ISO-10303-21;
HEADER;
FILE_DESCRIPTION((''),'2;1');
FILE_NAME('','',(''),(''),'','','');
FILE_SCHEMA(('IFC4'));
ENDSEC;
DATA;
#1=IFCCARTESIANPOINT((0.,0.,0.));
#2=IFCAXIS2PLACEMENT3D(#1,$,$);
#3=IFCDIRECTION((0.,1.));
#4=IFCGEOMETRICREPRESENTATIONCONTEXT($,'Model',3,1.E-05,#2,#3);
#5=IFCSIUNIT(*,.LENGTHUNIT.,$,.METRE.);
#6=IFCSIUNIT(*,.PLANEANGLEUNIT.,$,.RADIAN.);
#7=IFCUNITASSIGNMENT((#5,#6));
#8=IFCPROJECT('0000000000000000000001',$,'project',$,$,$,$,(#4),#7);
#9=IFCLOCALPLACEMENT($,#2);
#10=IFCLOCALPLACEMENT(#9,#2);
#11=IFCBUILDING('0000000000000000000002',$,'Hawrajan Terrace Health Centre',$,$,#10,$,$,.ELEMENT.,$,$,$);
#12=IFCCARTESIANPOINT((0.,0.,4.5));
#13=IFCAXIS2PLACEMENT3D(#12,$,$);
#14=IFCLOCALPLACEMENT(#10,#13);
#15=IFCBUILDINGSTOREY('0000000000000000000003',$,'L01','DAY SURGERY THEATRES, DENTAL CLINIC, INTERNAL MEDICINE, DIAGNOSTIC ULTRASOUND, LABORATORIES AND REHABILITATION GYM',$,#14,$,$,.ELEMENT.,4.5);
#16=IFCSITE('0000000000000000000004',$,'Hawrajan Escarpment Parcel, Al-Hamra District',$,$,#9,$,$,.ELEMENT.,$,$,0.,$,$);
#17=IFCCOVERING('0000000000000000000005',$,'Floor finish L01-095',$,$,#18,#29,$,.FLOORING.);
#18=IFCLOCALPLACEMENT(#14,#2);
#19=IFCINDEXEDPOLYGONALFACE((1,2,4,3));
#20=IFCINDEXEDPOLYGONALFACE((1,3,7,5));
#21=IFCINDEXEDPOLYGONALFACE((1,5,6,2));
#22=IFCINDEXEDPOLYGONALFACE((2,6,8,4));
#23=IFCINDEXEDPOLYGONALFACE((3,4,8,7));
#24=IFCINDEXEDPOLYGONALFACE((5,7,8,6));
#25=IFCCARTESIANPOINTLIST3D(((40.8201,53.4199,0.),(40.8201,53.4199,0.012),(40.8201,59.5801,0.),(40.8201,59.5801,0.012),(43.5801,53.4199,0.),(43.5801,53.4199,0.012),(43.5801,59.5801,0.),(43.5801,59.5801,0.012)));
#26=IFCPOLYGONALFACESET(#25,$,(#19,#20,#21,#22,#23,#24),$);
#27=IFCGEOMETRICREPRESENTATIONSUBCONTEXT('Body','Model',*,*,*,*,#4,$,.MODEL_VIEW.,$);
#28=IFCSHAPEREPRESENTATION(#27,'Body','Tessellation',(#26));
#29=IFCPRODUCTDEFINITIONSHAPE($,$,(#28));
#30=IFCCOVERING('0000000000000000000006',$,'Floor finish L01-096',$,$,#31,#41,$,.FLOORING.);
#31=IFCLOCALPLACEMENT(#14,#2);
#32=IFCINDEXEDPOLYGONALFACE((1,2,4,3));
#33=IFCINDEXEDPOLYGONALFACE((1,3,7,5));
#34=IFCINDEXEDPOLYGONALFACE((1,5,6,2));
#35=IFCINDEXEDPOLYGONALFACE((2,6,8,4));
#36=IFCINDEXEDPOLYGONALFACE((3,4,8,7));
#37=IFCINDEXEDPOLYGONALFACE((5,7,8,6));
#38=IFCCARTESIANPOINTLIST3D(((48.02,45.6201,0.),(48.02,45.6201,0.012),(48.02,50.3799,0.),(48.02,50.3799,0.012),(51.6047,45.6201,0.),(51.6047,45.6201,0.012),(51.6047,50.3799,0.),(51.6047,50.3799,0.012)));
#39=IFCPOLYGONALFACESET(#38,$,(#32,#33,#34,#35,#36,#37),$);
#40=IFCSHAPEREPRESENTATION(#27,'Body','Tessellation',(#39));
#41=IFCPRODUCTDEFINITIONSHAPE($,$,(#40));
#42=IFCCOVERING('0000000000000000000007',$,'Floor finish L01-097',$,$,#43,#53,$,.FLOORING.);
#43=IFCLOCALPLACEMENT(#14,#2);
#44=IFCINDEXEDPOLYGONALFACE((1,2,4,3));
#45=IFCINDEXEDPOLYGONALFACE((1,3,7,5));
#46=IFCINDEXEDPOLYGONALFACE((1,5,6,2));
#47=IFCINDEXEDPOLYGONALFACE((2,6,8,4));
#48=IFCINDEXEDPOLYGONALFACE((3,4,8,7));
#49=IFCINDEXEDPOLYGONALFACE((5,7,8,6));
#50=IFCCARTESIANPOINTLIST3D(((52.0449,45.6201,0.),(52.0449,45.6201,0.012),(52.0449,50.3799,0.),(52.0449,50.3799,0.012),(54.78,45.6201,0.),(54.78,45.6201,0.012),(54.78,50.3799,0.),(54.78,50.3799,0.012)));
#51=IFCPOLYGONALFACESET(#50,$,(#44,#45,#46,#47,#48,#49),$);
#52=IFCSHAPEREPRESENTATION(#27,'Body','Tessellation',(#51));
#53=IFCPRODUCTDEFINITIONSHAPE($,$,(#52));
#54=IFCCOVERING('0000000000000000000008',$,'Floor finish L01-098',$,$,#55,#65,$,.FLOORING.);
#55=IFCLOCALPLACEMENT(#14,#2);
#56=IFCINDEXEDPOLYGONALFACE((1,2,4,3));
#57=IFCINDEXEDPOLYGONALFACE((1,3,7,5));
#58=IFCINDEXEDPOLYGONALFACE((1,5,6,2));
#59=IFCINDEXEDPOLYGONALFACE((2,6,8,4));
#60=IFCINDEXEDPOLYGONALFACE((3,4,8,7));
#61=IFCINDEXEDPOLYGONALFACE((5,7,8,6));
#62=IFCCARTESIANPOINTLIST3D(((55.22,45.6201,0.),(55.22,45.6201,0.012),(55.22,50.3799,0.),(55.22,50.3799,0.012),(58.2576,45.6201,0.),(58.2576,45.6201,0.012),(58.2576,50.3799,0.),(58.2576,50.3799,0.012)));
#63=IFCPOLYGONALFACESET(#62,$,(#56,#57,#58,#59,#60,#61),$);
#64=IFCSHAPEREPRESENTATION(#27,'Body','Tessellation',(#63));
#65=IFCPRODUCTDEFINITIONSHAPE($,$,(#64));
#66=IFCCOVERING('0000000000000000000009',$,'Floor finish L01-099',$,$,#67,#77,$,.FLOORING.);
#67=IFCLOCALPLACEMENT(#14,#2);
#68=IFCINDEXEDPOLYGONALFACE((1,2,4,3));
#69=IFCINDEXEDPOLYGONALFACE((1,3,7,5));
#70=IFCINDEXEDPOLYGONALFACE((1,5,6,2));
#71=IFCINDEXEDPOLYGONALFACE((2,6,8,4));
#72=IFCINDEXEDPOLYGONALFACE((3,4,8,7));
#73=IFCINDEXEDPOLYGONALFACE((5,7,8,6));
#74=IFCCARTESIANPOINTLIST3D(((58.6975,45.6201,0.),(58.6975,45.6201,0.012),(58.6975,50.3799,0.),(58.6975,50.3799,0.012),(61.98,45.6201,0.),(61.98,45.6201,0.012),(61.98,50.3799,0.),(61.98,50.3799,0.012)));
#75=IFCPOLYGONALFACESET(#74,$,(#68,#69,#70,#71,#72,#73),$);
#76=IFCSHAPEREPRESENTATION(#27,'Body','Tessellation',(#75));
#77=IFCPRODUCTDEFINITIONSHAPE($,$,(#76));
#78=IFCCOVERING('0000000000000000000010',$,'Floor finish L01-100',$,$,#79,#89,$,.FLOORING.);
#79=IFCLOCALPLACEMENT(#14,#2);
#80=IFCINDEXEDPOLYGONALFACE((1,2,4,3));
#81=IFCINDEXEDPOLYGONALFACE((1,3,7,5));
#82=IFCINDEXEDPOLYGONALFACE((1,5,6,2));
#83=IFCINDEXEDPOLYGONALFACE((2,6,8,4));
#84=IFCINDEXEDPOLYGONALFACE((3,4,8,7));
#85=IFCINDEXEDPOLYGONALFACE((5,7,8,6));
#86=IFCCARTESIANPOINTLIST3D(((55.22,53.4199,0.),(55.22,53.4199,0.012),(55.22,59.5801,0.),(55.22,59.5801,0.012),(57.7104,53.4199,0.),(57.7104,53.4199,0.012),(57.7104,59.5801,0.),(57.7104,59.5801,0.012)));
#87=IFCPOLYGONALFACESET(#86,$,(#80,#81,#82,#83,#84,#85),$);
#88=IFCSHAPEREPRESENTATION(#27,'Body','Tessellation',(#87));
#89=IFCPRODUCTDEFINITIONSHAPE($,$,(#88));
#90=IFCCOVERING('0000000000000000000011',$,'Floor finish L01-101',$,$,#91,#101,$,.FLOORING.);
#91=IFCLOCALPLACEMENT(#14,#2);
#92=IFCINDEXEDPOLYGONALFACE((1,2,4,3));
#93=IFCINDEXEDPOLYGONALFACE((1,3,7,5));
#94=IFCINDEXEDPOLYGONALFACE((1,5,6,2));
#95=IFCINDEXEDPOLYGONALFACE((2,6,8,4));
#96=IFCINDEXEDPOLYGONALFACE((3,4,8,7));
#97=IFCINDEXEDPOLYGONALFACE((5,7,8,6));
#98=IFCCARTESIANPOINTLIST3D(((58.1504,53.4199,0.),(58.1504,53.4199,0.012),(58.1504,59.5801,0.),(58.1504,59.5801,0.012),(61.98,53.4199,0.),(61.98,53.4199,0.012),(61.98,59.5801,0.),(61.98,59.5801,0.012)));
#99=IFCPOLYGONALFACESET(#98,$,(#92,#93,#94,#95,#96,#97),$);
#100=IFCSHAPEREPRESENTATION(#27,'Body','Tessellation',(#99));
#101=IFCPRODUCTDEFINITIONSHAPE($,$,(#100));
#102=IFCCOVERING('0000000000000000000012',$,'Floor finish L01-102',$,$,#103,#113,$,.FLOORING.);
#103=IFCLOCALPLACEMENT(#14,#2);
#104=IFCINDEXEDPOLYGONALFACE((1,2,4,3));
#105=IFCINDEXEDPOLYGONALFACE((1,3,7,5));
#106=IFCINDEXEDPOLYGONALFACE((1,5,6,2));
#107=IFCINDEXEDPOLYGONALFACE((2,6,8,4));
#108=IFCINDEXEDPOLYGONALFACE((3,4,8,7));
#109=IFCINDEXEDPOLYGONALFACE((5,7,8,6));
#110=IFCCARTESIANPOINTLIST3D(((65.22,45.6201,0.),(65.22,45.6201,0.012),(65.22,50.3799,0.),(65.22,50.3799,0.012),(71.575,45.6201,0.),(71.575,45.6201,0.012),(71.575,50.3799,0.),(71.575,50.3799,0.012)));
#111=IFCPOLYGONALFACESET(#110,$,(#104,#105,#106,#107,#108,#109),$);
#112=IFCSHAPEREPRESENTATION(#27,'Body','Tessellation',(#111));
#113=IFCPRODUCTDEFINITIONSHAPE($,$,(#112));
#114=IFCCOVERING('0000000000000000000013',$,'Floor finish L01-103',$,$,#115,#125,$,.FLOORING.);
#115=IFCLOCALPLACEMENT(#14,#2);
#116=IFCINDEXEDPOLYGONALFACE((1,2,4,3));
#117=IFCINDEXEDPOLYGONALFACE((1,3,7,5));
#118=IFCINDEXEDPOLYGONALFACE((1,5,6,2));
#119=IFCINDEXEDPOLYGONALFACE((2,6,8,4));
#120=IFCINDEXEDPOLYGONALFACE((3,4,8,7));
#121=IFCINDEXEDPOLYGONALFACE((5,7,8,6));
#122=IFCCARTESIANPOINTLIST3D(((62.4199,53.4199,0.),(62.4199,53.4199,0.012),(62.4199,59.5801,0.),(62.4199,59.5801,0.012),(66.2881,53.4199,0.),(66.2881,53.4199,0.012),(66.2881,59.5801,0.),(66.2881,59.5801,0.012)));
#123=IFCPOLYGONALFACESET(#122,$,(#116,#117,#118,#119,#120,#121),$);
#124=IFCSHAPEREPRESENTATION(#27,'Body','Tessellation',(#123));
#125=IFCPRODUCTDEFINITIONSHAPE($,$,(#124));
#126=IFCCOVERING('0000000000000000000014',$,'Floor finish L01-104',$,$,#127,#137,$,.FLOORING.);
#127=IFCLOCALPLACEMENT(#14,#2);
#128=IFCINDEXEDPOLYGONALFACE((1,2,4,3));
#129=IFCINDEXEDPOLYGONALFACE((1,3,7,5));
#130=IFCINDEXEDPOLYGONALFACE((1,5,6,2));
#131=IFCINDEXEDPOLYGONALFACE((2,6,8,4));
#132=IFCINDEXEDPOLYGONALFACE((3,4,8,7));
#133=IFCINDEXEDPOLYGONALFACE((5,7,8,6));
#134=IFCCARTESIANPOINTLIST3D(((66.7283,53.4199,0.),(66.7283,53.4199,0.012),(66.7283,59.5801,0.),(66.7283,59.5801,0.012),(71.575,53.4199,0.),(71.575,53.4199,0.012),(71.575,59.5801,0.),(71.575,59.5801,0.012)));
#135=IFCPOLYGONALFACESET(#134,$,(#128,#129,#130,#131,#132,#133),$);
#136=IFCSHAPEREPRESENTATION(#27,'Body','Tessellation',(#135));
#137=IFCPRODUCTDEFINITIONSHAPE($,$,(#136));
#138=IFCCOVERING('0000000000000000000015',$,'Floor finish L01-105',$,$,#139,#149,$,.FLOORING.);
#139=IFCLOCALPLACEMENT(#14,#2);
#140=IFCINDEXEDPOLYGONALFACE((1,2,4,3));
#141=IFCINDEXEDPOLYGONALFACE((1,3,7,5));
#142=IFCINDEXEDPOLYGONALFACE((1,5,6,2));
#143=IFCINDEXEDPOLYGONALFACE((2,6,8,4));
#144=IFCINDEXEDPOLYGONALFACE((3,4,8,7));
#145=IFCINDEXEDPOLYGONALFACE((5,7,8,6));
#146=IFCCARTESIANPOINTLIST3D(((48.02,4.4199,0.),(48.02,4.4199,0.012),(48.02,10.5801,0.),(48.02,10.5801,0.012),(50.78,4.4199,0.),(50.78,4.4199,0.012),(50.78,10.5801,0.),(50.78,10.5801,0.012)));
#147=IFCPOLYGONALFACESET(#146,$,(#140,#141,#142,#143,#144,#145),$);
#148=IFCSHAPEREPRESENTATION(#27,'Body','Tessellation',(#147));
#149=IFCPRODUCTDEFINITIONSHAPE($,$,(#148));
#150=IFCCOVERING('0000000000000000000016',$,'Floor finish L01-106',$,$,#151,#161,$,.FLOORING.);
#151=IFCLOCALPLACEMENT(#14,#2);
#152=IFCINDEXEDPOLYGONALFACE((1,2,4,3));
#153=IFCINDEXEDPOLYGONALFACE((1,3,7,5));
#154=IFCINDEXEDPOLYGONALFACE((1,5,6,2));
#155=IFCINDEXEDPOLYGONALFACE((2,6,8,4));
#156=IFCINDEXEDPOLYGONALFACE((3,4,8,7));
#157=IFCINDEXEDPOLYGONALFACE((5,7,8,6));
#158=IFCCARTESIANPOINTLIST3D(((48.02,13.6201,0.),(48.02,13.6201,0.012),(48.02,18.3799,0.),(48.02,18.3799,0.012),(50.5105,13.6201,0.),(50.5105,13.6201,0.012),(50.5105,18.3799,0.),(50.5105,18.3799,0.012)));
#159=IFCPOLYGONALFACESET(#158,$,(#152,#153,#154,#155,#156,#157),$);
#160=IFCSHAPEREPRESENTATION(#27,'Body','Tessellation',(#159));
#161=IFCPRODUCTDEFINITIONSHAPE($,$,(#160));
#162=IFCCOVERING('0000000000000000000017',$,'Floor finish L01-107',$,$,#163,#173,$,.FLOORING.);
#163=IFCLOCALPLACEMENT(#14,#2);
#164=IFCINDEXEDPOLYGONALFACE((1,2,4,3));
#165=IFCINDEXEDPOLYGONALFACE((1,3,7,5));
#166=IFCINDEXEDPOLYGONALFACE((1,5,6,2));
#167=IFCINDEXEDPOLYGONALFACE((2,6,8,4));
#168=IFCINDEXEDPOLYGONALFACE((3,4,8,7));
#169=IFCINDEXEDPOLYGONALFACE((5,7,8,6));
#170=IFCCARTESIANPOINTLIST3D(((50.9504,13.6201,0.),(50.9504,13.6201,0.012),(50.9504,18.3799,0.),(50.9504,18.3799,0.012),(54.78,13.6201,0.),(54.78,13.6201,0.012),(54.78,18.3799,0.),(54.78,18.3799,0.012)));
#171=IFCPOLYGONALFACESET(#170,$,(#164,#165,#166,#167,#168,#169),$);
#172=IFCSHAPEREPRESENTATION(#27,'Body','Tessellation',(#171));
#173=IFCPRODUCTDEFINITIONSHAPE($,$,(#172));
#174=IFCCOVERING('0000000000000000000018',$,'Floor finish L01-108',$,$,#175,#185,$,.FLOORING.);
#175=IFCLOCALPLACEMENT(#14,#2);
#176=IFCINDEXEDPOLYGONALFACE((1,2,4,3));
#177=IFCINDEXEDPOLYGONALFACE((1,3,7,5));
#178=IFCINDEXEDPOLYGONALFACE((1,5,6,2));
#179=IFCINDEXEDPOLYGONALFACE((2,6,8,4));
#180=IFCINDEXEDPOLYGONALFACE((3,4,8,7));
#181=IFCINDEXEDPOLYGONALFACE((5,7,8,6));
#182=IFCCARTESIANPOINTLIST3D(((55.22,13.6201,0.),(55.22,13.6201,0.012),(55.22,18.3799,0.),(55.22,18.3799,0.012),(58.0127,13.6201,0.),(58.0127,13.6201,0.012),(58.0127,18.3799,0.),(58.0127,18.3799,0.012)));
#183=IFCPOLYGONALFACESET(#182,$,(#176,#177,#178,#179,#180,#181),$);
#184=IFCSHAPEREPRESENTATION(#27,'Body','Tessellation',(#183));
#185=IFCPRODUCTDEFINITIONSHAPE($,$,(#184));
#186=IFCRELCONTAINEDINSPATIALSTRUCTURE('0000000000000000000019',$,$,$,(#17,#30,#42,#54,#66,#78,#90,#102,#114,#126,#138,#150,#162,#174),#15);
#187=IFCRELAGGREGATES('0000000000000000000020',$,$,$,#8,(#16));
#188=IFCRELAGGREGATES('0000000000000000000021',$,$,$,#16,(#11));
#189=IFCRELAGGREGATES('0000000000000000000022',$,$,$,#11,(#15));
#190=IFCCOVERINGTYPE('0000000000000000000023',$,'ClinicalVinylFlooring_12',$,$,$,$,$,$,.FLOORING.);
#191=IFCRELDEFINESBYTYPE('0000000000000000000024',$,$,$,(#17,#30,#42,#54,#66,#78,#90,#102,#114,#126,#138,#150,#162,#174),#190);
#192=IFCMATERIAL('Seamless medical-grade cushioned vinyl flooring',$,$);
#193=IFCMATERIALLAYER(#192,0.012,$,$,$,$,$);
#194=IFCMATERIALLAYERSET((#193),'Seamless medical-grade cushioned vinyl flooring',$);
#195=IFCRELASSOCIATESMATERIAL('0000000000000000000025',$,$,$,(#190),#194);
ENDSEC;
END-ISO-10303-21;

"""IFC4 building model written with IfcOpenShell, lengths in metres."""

from ifc_helpers import new_model, si_unit, direction, frame, origin, place, context, subcontext, project, spatial, polyline, outline, extrude, material, layer, layer_set, type_object, element, save


model = new_model("IFC4")

# Units and contexts
model_context = context("Model", 3, precision=1e-05, world=origin(), true_north=direction((0.0, 1.0)))
body_context = subcontext(model_context, "Body", "Model", "MODEL_VIEW")
ifc_project = project(units=[si_unit("LENGTHUNIT", "METRE"), si_unit("PLANEANGLEUNIT", "RADIAN")], contexts=[model_context])

# Site, building, storey
site_placement = place(None, origin())
site = spatial("IfcSite", under=ifc_project, at=site_placement, Name="Hawrajan Escarpment Parcel, Al-Hamra District", CompositionType="ELEMENT", RefElevation=0.0)
building_placement = place(site_placement, origin())
building = spatial("IfcBuilding", under=site, at=building_placement, Name="Hawrajan Terrace Health Centre", CompositionType="ELEMENT")
storey_placement = place(building_placement, frame((0.0, 0.0, 4.5)))
storey = spatial("IfcBuildingStorey", under=building, at=storey_placement, Name="L01", Description="DAY SURGERY THEATRES, DENTAL CLINIC, INTERNAL MEDICINE, DIAGNOSTIC ULTRASOUND, LABORATORIES AND REHABILITATION GYM", CompositionType="ELEMENT", Elevation=4.5)

# Coverings
ifc_material = material(Name="Seamless medical-grade cushioned vinyl flooring")
ifc_layer = layer(ifc_material, 0.012)
ifc_layer_set = layer_set([ifc_layer], Name="Seamless medical-grade cushioned vinyl flooring")
covering_type = type_object("IfcCoveringType", Name="ClinicalVinylFlooring_12", PredefinedType="FLOORING", material=ifc_layer_set)
covering_1_placement = place(storey_placement, origin())
element("IfcCovering", 1, at=covering_1_placement, inside=storey, type_object=covering_type, Name="Floor finish L01-095", PredefinedType="FLOORING", context=body_context, shape_type="SweptSolid", body=[
    extrude(outline(polyline([(40.8201, 59.5801), (43.5801, 59.5801), (43.5801, 53.4199), (40.8201, 53.4199), (40.8201, 59.5801)])), origin(), (0.0, 0.0, 1.0), 0.012),
])
covering_2_placement = place(storey_placement, origin())
element("IfcCovering", 2, at=covering_2_placement, inside=storey, type_object=covering_type, Name="Floor finish L01-096", PredefinedType="FLOORING", context=body_context, shape_type="SweptSolid", body=[
    extrude(outline(polyline([(48.02, 50.3799), (51.6047, 50.3799), (51.6047, 45.6201), (48.02, 45.6201), (48.02, 50.3799)])), origin(), (0.0, 0.0, 1.0), 0.012),
])
covering_3_placement = place(storey_placement, origin())
element("IfcCovering", 3, at=covering_3_placement, inside=storey, type_object=covering_type, Name="Floor finish L01-097", PredefinedType="FLOORING", context=body_context, shape_type="SweptSolid", body=[
    extrude(outline(polyline([(52.0449, 50.3799), (54.78, 50.3799), (54.78, 45.6201), (52.0449, 45.6201), (52.0449, 50.3799)])), origin(), (0.0, 0.0, 1.0), 0.012),
])
covering_4_placement = place(storey_placement, origin())
element("IfcCovering", 4, at=covering_4_placement, inside=storey, type_object=covering_type, Name="Floor finish L01-098", PredefinedType="FLOORING", context=body_context, shape_type="SweptSolid", body=[
    extrude(outline(polyline([(55.22, 50.3799), (58.2576, 50.3799), (58.2576, 45.6201), (55.22, 45.6201), (55.22, 50.3799)])), origin(), (0.0, 0.0, 1.0), 0.012),
])
covering_5_placement = place(storey_placement, origin())
element("IfcCovering", 5, at=covering_5_placement, inside=storey, type_object=covering_type, Name="Floor finish L01-099", PredefinedType="FLOORING", context=body_context, shape_type="SweptSolid", body=[
    extrude(outline(polyline([(58.6975, 50.3799), (61.98, 50.3799), (61.98, 45.6201), (58.6975, 45.6201), (58.6975, 50.3799)])), origin(), (0.0, 0.0, 1.0), 0.012),
])
covering_6_placement = place(storey_placement, origin())
element("IfcCovering", 6, at=covering_6_placement, inside=storey, type_object=covering_type, Name="Floor finish L01-100", PredefinedType="FLOORING", context=body_context, shape_type="SweptSolid", body=[
    extrude(outline(polyline([(55.22, 59.5801), (57.7104, 59.5801), (57.7104, 53.4199), (55.22, 53.4199), (55.22, 59.5801)])), origin(), (0.0, 0.0, 1.0), 0.012),
])
covering_7_placement = place(storey_placement, origin())
element("IfcCovering", 7, at=covering_7_placement, inside=storey, type_object=covering_type, Name="Floor finish L01-101", PredefinedType="FLOORING", context=body_context, shape_type="SweptSolid", body=[
    extrude(outline(polyline([(58.1504, 59.5801), (61.98, 59.5801), (61.98, 53.4199), (58.1504, 53.4199), (58.1504, 59.5801)])), origin(), (0.0, 0.0, 1.0), 0.012),
])
covering_8_placement = place(storey_placement, origin())
element("IfcCovering", 8, at=covering_8_placement, inside=storey, type_object=covering_type, Name="Floor finish L01-102", PredefinedType="FLOORING", context=body_context, shape_type="SweptSolid", body=[
    extrude(outline(polyline([(65.22, 50.3799), (71.575, 50.3799), (71.575, 45.6201), (65.22, 45.6201), (65.22, 50.3799)])), origin(), (0.0, 0.0, 1.0), 0.012),
])
covering_9_placement = place(storey_placement, origin())
element("IfcCovering", 9, at=covering_9_placement, inside=storey, type_object=covering_type, Name="Floor finish L01-103", PredefinedType="FLOORING", context=body_context, shape_type="SweptSolid", body=[
    extrude(outline(polyline([(62.4199, 59.5801), (66.2881, 59.5801), (66.2881, 53.4199), (62.4199, 53.4199), (62.4199, 59.5801)])), origin(), (0.0, 0.0, 1.0), 0.012),
])
covering_10_placement = place(storey_placement, origin())
element("IfcCovering", 10, at=covering_10_placement, inside=storey, type_object=covering_type, Name="Floor finish L01-104", PredefinedType="FLOORING", context=body_context, shape_type="SweptSolid", body=[
    extrude(outline(polyline([(66.7283, 59.5801), (71.575, 59.5801), (71.575, 53.4199), (66.7283, 53.4199), (66.7283, 59.5801)])), origin(), (0.0, 0.0, 1.0), 0.012),
])
covering_11_placement = place(storey_placement, origin())
element("IfcCovering", 11, at=covering_11_placement, inside=storey, type_object=covering_type, Name="Floor finish L01-105", PredefinedType="FLOORING", context=body_context, shape_type="SweptSolid", body=[
    extrude(outline(polyline([(48.02, 10.5801), (50.78, 10.5801), (50.78, 4.4199), (48.02, 4.4199), (48.02, 10.5801)])), origin(), (0.0, 0.0, 1.0), 0.012),
])
covering_12_placement = place(storey_placement, origin())
element("IfcCovering", 12, at=covering_12_placement, inside=storey, type_object=covering_type, Name="Floor finish L01-106", PredefinedType="FLOORING", context=body_context, shape_type="SweptSolid", body=[
    extrude(outline(polyline([(48.02, 18.3799), (50.5105, 18.3799), (50.5105, 13.6201), (48.02, 13.6201), (48.02, 18.3799)])), origin(), (0.0, 0.0, 1.0), 0.012),
])
covering_13_placement = place(storey_placement, origin())
element("IfcCovering", 13, at=covering_13_placement, inside=storey, type_object=covering_type, Name="Floor finish L01-107", PredefinedType="FLOORING", context=body_context, shape_type="SweptSolid", body=[
    extrude(outline(polyline([(50.9504, 18.3799), (54.78, 18.3799), (54.78, 13.6201), (50.9504, 13.6201), (50.9504, 18.3799)])), origin(), (0.0, 0.0, 1.0), 0.012),
])
covering_14_placement = place(storey_placement, origin())
element("IfcCovering", 14, at=covering_14_placement, inside=storey, type_object=covering_type, Name="Floor finish L01-108", PredefinedType="FLOORING", context=body_context, shape_type="SweptSolid", body=[
    extrude(outline(polyline([(55.22, 18.3799), (58.0127, 18.3799), (58.0127, 13.6201), (55.22, 13.6201), (55.22, 18.3799)])), origin(), (0.0, 0.0, 1.0), 0.012),
])

save(model, "model.ifc")
